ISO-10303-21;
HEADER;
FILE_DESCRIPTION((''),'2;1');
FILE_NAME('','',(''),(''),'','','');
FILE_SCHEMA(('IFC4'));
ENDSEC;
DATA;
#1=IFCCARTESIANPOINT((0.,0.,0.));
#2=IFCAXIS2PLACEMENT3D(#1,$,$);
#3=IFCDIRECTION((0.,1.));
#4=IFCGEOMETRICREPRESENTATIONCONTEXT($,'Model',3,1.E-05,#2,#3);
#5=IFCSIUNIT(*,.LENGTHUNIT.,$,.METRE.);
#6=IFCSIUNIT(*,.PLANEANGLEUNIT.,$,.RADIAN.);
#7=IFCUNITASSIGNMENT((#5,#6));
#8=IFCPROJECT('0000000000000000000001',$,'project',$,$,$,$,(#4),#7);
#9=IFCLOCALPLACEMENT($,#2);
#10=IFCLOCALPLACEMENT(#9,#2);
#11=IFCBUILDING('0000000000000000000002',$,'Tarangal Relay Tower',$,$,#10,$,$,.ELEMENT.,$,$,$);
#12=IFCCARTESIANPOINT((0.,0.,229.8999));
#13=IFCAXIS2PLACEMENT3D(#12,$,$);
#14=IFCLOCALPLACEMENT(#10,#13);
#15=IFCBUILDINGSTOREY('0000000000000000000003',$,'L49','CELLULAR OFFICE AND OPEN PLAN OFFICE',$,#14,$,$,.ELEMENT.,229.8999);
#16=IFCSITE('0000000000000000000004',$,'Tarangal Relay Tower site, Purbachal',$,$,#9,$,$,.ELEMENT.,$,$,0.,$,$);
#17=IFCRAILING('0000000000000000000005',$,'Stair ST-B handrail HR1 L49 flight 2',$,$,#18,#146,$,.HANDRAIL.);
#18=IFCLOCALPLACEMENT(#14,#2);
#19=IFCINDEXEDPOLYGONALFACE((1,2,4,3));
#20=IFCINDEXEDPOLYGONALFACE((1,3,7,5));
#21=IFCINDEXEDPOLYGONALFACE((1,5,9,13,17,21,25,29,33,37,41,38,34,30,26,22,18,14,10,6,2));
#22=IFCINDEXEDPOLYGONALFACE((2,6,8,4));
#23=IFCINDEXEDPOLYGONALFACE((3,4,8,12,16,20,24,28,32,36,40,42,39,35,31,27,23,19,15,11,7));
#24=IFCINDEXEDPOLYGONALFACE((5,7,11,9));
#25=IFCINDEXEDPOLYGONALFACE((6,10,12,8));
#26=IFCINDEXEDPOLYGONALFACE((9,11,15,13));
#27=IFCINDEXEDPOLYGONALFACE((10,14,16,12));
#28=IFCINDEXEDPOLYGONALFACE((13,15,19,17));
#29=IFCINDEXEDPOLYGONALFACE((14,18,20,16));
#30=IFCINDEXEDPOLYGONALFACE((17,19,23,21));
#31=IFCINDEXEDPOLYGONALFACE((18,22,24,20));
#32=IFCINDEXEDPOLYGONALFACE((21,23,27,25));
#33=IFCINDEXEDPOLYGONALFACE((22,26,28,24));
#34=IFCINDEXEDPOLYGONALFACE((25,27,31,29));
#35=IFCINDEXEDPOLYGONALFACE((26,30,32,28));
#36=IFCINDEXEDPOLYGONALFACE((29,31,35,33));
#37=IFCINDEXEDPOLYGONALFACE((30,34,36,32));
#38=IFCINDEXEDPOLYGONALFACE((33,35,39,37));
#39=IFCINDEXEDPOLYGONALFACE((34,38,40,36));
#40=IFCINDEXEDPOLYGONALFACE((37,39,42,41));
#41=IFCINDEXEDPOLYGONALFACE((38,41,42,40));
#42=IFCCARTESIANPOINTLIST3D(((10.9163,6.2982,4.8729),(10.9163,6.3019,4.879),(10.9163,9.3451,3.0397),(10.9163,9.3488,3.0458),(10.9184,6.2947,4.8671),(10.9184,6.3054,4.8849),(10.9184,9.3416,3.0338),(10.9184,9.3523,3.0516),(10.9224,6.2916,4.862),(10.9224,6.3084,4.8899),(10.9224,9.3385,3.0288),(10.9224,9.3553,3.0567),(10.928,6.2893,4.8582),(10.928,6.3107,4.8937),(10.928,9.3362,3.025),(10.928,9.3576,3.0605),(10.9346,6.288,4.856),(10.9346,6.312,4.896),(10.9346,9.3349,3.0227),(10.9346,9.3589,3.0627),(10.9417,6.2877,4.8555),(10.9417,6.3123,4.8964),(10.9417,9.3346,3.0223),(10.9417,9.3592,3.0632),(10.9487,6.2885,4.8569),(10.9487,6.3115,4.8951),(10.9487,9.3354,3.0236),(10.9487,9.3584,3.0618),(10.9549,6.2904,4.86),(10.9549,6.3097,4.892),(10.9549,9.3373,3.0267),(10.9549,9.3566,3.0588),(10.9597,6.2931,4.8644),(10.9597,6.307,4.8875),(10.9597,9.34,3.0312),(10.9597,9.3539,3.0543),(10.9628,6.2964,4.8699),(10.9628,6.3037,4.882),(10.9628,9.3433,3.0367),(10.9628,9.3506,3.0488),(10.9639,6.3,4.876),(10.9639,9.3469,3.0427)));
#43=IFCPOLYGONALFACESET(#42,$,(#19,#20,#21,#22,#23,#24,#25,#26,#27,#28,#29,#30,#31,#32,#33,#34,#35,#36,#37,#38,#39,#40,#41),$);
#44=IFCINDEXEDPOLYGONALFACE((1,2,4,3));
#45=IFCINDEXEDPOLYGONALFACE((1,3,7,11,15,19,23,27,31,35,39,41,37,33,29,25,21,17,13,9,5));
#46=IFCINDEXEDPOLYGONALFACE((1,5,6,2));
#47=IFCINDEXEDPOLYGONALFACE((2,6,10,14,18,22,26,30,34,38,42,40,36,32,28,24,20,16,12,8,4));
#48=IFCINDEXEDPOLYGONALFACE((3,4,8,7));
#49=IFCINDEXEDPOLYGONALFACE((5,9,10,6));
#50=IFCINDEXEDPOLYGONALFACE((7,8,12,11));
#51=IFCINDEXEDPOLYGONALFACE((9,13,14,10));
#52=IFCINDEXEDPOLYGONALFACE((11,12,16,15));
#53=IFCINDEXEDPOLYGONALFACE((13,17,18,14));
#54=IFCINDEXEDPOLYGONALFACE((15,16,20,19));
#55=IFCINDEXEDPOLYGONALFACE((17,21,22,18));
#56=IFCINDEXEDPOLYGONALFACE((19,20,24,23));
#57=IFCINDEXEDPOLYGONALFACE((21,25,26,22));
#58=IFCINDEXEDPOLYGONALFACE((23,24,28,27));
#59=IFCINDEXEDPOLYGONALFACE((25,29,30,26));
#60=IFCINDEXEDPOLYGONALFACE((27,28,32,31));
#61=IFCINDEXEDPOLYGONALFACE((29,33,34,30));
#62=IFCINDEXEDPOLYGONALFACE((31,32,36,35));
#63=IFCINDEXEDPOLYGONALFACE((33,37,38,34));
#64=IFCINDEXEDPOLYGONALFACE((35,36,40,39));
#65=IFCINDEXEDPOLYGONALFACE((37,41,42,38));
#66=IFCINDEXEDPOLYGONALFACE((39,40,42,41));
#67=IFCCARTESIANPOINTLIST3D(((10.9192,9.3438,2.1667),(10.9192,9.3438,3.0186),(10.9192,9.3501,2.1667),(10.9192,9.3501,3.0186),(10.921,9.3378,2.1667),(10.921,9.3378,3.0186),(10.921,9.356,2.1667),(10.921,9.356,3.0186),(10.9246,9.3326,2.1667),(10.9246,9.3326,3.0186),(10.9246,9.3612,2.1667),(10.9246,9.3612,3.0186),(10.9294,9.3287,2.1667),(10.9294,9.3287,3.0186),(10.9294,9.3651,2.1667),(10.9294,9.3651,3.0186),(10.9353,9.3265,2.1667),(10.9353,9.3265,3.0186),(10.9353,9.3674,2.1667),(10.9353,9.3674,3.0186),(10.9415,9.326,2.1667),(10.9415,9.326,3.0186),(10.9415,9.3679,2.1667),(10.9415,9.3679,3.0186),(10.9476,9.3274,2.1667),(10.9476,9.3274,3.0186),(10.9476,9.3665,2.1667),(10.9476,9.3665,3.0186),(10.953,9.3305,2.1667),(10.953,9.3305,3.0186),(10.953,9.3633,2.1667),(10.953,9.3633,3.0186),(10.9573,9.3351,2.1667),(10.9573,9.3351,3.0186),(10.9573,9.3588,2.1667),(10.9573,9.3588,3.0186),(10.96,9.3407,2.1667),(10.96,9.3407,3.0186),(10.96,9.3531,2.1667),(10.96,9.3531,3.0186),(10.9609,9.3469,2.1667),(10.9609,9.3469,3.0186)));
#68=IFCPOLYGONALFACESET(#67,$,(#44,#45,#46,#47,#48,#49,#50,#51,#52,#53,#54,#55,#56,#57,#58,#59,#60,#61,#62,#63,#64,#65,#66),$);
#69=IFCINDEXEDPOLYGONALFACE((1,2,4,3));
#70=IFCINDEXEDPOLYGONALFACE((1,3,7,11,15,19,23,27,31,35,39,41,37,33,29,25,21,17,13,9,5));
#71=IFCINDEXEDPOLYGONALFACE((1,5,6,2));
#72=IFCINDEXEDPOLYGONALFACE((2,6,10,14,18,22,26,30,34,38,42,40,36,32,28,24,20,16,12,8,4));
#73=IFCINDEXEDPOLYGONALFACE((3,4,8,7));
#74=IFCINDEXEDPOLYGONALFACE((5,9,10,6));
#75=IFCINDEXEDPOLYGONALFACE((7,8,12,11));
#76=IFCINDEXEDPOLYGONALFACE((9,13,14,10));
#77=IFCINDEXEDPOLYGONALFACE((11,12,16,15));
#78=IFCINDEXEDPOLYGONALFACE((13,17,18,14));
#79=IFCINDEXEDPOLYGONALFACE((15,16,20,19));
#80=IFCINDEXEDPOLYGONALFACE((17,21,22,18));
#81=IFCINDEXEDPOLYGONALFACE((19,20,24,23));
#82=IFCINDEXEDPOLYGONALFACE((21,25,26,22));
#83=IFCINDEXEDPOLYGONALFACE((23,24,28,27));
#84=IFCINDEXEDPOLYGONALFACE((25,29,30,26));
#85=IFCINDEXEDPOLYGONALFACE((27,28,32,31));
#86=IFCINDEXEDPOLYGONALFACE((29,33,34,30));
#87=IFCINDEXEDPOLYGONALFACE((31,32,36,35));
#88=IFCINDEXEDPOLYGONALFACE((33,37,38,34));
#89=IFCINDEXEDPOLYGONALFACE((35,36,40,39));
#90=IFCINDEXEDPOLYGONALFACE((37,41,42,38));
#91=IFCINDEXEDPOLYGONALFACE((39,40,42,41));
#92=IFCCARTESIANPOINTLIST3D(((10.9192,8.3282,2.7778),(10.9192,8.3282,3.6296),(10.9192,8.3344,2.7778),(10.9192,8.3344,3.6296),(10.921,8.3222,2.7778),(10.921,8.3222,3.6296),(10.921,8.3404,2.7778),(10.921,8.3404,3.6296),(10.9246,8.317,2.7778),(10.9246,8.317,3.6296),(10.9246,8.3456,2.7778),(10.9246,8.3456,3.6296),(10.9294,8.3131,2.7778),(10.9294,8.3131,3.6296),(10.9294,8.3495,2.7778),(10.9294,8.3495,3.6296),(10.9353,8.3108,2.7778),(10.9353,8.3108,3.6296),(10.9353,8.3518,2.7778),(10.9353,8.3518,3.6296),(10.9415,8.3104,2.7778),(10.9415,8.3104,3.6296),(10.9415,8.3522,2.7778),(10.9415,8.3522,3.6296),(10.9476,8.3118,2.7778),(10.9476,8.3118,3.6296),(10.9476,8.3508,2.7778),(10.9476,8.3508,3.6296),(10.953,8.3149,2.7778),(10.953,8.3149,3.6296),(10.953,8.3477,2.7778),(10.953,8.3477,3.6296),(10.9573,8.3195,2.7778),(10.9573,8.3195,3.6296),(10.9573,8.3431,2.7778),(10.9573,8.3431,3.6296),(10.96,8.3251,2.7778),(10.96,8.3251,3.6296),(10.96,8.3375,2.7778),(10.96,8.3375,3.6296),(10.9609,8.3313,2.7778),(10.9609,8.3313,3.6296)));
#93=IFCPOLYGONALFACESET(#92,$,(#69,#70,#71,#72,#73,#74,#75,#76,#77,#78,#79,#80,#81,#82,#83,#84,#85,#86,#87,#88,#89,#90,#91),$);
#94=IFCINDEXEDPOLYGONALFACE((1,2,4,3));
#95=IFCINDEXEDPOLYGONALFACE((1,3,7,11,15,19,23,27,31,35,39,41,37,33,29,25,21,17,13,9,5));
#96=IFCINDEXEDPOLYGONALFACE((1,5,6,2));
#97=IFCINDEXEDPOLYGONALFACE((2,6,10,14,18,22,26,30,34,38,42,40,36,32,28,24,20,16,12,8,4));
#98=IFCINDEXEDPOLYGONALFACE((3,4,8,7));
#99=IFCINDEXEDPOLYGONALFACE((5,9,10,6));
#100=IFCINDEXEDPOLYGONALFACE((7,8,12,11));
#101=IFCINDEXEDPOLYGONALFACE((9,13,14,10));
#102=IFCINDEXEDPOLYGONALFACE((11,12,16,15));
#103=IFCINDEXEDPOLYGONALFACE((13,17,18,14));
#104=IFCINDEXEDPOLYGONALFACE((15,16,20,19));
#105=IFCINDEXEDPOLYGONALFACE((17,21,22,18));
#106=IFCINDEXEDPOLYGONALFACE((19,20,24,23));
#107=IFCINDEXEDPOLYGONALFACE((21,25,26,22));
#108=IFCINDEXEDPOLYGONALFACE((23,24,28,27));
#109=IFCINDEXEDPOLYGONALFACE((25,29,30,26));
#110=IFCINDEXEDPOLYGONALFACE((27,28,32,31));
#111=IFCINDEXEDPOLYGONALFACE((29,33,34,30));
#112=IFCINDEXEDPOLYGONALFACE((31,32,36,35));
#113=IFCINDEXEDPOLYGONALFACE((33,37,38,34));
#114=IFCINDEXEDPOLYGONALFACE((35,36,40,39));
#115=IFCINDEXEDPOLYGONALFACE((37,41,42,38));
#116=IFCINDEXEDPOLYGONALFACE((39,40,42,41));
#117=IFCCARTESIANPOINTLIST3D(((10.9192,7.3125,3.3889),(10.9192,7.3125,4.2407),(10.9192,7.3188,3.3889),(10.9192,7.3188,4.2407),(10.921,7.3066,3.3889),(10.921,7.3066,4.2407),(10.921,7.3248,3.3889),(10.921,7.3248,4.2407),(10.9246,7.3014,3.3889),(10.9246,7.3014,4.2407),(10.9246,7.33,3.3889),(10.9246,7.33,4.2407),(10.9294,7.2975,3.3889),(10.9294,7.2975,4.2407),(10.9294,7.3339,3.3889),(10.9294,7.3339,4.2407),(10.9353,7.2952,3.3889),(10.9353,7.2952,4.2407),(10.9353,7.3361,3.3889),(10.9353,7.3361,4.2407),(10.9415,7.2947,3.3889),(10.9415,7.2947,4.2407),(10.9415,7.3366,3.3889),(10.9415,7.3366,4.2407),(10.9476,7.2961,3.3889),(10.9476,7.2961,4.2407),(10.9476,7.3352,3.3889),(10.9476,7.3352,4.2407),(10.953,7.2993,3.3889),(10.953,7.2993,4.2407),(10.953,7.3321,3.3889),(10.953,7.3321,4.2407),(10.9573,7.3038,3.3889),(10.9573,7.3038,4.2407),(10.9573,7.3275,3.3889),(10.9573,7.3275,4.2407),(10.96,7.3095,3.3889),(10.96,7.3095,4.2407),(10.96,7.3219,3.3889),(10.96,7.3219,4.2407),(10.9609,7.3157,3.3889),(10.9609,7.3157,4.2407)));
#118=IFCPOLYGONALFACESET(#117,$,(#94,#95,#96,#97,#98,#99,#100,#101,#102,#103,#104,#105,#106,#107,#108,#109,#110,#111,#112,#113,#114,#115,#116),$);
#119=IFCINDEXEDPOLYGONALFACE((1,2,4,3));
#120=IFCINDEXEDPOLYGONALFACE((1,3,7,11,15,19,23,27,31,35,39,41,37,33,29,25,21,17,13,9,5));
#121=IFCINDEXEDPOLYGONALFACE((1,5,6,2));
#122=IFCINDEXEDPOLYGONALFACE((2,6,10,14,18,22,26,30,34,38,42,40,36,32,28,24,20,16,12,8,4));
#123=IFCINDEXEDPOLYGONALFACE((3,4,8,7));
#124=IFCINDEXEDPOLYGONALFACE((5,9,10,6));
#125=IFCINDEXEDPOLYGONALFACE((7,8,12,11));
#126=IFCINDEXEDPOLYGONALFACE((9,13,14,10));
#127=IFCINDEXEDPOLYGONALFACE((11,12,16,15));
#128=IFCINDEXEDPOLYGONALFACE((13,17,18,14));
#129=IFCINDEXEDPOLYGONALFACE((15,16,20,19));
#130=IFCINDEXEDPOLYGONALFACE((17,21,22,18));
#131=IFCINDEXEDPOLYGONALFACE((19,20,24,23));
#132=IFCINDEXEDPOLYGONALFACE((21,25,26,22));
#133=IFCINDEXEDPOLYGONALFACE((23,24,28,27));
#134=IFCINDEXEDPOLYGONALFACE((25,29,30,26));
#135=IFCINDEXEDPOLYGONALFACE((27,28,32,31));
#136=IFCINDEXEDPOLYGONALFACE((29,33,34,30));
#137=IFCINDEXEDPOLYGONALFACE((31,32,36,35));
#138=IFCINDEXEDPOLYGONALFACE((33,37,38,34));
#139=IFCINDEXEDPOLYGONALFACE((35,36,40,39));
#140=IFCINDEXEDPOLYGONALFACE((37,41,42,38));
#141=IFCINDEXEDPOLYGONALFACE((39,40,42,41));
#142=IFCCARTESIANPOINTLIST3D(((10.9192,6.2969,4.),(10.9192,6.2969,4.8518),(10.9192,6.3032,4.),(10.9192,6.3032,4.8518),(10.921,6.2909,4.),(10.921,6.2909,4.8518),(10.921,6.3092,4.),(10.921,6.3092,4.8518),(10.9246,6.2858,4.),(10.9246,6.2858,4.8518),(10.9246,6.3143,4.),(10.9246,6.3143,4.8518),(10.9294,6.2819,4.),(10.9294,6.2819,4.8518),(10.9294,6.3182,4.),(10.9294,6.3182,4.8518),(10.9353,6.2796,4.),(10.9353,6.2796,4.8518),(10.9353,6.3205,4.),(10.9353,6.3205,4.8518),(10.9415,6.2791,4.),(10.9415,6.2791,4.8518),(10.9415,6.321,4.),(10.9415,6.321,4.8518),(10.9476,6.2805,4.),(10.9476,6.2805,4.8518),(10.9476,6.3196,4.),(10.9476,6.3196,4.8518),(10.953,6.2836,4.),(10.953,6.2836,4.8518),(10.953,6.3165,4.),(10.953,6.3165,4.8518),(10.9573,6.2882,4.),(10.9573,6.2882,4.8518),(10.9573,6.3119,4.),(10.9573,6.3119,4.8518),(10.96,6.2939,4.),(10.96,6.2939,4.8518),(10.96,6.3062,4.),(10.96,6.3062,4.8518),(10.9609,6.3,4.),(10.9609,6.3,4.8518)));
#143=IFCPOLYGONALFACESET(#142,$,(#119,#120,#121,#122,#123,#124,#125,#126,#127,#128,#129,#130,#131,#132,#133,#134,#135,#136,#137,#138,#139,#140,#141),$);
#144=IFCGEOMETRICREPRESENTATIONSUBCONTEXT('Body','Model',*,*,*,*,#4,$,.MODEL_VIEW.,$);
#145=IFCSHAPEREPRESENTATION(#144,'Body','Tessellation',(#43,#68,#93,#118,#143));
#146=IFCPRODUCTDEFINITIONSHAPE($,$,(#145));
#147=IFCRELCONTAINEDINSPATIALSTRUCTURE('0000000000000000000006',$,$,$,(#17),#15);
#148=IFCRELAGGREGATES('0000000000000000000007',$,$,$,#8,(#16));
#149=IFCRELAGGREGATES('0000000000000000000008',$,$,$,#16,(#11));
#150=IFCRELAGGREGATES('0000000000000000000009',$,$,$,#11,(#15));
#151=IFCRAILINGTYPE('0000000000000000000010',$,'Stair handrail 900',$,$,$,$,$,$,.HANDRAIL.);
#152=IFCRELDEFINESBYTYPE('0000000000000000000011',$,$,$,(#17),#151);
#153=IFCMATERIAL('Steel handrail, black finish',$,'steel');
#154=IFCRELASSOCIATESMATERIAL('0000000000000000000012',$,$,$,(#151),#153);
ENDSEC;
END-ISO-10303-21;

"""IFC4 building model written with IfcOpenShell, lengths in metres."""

from ifc_helpers import new_model, si_unit, direction, frame, origin, origin_2d, place, context, subcontext, project, spatial, circle, extrude, material, type_object, element, save


model = new_model("IFC4")

# Units and contexts
model_context = context("Model", 3, precision=1e-05, world=origin(), true_north=direction((0.0, 1.0)))
body_context = subcontext(model_context, "Body", "Model", "MODEL_VIEW")
ifc_project = project(units=[si_unit("LENGTHUNIT", "METRE"), si_unit("PLANEANGLEUNIT", "RADIAN")], contexts=[model_context])

# Site, building, storey
site_placement = place(None, origin())
site = spatial("IfcSite", under=ifc_project, at=site_placement, Name="Tarangal Relay Tower site, Purbachal", CompositionType="ELEMENT", RefElevation=0.0)
building_placement = place(site_placement, origin())
building = spatial("IfcBuilding", under=site, at=building_placement, Name="Tarangal Relay Tower", CompositionType="ELEMENT")
storey_placement = place(building_placement, frame((0.0, 0.0, 229.8999)))
storey = spatial("IfcBuildingStorey", under=building, at=storey_placement, Name="L49", Description="CELLULAR OFFICE AND OPEN PLAN OFFICE", CompositionType="ELEMENT", Elevation=229.8999)

# Railing
ifc_material_1 = material(Name="Steel handrail, black finish", Category="steel")
railing_type_1 = type_object("IfcRailingType", Name="Stair handrail 900", PredefinedType="HANDRAIL", material=ifc_material_1)
railing_1_placement = place(storey_placement, frame((10.9399, 9.3469, 2.1667)))
element("IfcRailing", 1, at=railing_1_placement, inside=storey, type_object=railing_type_1, Name="Stair ST-B handrail HR1 L49 flight 2", PredefinedType="HANDRAIL", context=body_context, shape_type="SweptSolid", body=[
    extrude(circle(Radius=0.0239, at=origin_2d()), frame((0.0, 0.0, 0.876), z_axis=(0.0, -0.856856, 0.515556), x_axis=(1.0, 0.0, 0.0)), (0.0, 0.0, 1.0), 3.5559),
    extrude(circle(Radius=0.021, at=origin_2d()), origin(), (0.0, 0.0, 1.0), 0.8518),
    extrude(circle(Radius=0.021, at=origin_2d()), frame((0.0, -1.0156, 0.6111)), (0.0, 0.0, 1.0), 0.8518),
    extrude(circle(Radius=0.021, at=origin_2d()), frame((0.0, -2.0312, 1.2222)), (0.0, 0.0, 1.0), 0.8518),
    extrude(circle(Radius=0.021, at=origin_2d()), frame((0.0, -3.0469, 1.8333)), (0.0, 0.0, 1.0), 0.8518),
])

save(model, "model.ifc")
